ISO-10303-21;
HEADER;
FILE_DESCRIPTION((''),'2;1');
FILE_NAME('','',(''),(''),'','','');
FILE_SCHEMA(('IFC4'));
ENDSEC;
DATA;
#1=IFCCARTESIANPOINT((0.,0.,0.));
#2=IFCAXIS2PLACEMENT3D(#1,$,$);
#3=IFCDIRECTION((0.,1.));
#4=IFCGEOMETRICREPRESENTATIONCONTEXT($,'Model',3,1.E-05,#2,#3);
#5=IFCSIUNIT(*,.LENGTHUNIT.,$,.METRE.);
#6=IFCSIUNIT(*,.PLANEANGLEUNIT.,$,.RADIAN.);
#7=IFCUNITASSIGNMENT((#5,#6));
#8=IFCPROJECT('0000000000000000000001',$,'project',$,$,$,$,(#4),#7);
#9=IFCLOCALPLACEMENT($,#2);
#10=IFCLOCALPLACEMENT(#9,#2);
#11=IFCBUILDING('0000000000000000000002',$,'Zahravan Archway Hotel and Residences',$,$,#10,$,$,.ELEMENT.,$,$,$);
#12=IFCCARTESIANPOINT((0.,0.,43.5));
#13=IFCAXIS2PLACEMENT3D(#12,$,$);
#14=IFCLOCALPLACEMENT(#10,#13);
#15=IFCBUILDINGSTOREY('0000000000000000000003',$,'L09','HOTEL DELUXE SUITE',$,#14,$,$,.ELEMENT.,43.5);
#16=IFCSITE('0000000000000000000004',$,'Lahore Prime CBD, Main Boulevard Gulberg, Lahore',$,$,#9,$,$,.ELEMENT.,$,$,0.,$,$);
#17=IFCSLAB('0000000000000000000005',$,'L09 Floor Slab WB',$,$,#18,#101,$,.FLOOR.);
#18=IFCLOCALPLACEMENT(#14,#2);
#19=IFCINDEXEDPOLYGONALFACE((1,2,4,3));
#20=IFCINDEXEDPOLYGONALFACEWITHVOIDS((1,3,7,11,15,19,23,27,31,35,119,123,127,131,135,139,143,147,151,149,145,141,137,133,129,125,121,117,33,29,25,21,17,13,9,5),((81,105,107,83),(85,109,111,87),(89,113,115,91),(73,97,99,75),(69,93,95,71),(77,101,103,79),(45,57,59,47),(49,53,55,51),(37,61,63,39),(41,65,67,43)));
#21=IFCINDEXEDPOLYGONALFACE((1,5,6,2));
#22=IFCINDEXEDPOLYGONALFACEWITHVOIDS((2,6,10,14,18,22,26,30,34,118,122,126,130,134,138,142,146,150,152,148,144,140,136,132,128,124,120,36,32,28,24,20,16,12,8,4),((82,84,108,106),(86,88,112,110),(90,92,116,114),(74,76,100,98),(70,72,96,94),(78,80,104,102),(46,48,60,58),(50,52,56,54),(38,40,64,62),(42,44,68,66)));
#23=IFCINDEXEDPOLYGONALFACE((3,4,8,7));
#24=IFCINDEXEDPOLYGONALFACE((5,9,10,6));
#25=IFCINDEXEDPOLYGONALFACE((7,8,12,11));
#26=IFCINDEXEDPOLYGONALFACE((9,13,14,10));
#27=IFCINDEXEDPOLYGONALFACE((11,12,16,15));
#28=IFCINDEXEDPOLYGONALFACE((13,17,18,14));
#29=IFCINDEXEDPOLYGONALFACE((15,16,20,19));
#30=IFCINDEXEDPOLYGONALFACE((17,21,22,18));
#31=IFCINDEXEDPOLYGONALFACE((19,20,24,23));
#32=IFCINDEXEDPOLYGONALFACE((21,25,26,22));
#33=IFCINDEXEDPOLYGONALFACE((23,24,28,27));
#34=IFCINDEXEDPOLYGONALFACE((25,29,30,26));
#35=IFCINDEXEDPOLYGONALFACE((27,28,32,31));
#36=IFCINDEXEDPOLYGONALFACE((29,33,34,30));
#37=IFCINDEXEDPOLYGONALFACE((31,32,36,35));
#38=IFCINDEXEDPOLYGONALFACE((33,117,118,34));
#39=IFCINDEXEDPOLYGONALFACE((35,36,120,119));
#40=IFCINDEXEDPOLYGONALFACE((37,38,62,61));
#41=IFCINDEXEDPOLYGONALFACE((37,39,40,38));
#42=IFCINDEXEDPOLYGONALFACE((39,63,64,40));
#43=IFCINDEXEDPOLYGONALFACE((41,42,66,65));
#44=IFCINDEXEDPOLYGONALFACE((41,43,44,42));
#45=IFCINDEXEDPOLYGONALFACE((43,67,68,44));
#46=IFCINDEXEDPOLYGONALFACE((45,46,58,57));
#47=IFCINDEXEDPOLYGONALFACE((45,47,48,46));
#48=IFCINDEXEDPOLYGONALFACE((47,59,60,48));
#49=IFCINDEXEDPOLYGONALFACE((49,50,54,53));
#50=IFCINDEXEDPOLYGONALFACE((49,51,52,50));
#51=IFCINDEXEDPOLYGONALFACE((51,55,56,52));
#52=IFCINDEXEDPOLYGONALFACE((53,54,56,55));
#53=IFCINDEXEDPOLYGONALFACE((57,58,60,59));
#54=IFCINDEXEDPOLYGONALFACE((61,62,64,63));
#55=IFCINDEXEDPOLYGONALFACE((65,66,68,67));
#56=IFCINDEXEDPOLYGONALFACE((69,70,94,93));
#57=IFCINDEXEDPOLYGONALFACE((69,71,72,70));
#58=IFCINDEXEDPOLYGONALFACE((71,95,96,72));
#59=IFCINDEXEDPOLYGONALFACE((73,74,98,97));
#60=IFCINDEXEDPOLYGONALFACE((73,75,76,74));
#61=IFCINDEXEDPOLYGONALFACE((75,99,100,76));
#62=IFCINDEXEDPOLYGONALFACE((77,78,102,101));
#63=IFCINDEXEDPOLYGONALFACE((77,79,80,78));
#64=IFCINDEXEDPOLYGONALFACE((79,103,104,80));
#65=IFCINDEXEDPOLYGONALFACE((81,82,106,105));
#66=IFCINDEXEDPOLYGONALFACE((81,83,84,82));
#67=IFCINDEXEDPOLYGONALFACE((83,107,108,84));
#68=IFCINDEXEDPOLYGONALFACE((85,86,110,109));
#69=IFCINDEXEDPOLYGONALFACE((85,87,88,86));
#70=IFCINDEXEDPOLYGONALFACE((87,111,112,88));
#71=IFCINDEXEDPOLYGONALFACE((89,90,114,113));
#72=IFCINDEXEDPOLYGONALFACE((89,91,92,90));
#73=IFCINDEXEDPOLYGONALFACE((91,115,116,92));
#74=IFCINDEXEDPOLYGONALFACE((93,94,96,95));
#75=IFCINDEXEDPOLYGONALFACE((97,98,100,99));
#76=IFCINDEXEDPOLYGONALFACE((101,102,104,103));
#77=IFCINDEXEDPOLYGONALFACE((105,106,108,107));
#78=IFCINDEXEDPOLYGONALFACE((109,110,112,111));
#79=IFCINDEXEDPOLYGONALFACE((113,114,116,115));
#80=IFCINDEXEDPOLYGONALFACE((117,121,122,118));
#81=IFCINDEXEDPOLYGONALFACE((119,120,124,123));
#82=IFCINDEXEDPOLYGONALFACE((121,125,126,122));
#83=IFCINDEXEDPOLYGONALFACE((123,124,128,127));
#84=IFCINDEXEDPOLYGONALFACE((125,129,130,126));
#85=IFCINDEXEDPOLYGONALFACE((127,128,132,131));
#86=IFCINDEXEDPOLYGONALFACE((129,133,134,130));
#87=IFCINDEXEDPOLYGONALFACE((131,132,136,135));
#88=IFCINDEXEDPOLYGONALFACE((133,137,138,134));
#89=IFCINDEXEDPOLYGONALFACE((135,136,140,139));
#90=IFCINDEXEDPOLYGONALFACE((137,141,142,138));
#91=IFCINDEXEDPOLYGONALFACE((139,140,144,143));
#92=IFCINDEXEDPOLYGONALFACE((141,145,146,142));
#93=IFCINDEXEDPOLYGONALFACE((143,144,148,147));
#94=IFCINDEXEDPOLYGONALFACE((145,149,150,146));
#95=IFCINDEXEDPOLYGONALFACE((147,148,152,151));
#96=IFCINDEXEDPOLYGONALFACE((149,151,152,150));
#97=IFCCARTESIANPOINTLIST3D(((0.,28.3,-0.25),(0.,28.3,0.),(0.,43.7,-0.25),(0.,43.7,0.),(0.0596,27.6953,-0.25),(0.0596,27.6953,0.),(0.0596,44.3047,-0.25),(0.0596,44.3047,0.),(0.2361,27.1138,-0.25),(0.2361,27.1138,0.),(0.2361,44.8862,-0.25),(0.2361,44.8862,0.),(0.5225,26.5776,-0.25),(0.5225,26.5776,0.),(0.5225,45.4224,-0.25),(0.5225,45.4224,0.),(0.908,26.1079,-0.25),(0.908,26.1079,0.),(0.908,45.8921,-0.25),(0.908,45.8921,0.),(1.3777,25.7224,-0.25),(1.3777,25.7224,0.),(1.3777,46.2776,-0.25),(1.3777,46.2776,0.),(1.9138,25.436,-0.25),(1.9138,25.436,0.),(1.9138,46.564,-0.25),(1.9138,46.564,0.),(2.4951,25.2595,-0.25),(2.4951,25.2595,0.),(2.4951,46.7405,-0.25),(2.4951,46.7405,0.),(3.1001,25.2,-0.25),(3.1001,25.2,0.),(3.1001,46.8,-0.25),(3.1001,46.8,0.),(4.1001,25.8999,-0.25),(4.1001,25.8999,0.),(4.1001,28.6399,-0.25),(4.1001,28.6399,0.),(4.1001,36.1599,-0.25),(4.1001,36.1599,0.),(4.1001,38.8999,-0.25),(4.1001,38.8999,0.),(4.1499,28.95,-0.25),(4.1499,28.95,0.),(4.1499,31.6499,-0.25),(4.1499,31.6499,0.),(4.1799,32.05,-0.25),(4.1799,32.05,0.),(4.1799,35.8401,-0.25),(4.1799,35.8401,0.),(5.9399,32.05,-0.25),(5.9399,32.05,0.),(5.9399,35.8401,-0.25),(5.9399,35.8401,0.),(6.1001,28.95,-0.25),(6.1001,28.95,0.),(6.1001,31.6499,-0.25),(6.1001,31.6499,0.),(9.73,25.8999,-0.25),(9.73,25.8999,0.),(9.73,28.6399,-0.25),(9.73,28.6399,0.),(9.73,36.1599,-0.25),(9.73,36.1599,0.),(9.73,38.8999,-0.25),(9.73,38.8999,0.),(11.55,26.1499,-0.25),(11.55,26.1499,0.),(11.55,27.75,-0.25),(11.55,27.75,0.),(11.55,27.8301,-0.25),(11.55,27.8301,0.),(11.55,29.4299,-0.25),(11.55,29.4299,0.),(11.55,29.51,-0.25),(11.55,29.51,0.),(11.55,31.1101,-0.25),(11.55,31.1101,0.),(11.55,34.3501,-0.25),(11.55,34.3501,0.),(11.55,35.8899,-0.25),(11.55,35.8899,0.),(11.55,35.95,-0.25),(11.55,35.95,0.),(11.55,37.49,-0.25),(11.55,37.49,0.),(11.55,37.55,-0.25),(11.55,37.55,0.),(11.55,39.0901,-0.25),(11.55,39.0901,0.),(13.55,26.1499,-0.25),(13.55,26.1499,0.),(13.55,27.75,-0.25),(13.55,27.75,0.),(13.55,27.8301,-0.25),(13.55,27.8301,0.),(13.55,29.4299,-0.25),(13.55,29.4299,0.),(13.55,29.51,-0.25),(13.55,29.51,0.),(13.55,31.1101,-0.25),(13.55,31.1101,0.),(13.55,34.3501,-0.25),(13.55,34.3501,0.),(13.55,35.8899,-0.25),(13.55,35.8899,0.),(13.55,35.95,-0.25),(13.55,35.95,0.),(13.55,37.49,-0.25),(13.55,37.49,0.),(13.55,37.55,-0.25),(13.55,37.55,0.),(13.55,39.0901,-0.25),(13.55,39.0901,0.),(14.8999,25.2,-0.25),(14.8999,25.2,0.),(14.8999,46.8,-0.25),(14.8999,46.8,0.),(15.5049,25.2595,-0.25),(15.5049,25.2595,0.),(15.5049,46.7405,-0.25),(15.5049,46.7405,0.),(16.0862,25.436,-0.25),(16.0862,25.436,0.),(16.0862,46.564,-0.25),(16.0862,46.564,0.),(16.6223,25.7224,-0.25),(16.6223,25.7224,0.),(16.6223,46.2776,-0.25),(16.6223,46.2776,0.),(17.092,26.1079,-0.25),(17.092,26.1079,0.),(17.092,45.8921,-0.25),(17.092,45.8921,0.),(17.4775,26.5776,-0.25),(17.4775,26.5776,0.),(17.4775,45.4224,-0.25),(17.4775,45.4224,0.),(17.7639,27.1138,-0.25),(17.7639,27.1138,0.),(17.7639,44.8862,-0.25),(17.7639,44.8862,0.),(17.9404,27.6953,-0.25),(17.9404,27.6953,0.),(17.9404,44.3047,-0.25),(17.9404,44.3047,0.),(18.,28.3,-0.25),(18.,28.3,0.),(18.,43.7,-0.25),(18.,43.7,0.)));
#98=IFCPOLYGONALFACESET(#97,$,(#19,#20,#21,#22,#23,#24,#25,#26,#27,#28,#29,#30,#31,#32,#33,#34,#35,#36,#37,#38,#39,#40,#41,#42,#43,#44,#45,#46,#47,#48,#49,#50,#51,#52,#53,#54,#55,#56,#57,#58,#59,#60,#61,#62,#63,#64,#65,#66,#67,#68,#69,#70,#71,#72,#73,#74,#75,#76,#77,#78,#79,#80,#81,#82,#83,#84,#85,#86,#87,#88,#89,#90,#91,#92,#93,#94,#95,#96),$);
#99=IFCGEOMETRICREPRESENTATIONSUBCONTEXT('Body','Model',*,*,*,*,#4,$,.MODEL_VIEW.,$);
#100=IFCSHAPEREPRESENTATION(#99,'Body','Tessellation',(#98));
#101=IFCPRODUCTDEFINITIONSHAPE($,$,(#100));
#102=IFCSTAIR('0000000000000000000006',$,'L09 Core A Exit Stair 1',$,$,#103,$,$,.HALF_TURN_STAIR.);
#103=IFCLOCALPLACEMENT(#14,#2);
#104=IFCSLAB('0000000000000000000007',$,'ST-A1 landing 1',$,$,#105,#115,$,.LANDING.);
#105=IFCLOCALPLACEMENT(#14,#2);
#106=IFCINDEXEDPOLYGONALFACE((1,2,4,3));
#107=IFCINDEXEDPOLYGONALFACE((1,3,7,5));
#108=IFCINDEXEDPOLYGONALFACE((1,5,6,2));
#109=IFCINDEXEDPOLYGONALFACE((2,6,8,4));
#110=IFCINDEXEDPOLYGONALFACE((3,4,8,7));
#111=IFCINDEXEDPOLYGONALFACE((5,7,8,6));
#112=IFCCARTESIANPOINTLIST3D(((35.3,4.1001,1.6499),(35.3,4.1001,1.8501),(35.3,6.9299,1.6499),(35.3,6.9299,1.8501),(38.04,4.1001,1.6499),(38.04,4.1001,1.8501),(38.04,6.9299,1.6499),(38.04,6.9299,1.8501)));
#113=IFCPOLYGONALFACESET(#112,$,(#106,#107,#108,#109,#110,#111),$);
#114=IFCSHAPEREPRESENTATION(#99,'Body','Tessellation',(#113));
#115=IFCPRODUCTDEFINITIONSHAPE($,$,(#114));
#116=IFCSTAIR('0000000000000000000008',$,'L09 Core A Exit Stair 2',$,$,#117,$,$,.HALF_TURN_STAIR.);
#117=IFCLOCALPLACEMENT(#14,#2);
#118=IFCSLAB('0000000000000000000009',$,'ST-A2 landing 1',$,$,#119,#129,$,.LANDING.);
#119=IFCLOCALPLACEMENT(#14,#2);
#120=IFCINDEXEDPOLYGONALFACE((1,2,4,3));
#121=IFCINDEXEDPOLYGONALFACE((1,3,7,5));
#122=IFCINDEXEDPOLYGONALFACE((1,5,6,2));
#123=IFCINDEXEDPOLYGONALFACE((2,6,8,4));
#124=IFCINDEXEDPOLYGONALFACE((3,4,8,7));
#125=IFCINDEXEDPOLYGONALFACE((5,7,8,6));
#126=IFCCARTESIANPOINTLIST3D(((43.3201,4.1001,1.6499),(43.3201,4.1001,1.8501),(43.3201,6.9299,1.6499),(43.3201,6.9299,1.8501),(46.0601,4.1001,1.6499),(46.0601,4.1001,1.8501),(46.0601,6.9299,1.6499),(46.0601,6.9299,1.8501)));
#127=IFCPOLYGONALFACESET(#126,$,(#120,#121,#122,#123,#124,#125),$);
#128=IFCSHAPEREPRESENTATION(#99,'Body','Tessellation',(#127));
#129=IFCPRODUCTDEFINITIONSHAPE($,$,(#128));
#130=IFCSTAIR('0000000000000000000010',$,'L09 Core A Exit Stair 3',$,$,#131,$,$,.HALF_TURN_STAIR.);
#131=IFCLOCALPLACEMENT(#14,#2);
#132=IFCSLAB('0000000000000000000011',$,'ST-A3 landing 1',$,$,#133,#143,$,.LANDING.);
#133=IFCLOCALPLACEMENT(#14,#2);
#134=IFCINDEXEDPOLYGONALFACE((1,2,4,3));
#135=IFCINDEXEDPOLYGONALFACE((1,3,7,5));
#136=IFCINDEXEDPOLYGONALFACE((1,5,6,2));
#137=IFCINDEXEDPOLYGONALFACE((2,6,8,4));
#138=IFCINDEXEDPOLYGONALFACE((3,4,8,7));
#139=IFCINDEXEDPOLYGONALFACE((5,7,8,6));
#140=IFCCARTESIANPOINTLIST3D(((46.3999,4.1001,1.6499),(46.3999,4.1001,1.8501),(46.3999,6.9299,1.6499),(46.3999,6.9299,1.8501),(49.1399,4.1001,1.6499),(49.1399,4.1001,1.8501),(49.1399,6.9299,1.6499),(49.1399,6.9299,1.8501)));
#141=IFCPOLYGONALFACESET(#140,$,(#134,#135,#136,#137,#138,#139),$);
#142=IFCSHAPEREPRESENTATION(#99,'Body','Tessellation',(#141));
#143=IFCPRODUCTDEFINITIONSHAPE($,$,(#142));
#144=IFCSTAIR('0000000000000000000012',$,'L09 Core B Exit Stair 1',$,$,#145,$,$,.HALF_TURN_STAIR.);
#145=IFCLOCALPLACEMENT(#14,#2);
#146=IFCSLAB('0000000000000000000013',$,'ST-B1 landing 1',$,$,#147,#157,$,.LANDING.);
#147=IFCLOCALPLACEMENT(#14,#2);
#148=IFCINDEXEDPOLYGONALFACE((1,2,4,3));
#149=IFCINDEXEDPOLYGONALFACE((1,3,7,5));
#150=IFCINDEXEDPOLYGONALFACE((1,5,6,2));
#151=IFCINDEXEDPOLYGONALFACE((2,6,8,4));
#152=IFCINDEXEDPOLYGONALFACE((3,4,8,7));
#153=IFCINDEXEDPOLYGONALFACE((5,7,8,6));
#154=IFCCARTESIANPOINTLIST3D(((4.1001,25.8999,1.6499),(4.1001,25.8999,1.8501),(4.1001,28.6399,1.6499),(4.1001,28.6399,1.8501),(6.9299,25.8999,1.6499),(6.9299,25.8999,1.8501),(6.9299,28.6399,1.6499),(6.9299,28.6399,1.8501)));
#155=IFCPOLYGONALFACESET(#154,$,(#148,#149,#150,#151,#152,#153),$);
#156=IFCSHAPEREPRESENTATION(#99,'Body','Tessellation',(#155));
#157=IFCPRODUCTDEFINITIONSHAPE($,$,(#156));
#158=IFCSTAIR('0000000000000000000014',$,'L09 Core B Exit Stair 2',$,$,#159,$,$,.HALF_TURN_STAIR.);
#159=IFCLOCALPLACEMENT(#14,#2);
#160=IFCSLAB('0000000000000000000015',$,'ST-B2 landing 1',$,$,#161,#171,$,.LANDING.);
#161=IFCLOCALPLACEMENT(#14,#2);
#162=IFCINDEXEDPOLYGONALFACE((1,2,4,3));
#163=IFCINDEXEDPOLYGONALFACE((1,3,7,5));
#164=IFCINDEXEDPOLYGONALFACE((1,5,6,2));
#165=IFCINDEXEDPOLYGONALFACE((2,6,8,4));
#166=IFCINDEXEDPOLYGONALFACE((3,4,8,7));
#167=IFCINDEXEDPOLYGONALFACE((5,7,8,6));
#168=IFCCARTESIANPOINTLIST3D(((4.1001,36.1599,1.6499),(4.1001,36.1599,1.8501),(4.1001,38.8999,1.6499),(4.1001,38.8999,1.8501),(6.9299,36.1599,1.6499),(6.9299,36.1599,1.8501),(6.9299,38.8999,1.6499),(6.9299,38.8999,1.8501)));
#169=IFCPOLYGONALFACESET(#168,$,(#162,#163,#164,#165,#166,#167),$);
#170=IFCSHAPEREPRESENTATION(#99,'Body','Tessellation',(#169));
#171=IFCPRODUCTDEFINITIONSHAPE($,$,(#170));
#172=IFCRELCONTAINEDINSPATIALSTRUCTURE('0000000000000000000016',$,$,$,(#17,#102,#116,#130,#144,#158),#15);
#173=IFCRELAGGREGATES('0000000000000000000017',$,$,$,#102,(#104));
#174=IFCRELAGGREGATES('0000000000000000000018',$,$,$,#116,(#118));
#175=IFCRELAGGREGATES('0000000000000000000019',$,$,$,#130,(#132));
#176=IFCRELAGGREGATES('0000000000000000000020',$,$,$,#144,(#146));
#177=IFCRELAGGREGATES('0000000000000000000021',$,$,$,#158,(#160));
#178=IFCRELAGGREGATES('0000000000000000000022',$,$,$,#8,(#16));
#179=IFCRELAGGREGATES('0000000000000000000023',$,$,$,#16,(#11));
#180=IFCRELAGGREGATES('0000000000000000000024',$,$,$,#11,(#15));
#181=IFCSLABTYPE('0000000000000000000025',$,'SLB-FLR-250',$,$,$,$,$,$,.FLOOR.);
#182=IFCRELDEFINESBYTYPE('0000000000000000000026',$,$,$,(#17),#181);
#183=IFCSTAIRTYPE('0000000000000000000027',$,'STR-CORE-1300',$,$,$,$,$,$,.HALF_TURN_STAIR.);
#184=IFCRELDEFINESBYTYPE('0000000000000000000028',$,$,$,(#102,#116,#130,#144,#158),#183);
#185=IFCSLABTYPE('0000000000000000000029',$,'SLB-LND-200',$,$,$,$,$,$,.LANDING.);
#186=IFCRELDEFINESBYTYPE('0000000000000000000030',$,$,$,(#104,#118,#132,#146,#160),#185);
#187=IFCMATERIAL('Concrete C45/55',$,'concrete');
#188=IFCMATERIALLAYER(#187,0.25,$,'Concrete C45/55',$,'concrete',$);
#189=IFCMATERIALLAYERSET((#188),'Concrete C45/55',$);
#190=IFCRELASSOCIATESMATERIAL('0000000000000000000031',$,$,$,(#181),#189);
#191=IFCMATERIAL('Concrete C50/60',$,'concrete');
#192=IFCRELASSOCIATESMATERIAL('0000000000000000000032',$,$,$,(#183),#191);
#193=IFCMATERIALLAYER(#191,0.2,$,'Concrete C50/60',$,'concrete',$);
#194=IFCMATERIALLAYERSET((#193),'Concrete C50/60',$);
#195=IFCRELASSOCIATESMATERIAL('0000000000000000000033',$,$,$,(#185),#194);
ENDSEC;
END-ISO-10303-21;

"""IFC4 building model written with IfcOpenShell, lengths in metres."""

from ifc_helpers import new_model, si_unit, direction, frame, origin, place, context, subcontext, project, spatial, polyline, outline, extrude, material, layer, layer_set, type_object, element, aggregate, save


model = new_model("IFC4")

# Units and contexts
model_context = context("Model", 3, precision=1e-05, world=origin(), true_north=direction((0.0, 1.0)))
body_context = subcontext(model_context, "Body", "Model", "MODEL_VIEW")
ifc_project = project(units=[si_unit("LENGTHUNIT", "METRE"), si_unit("PLANEANGLEUNIT", "RADIAN")], contexts=[model_context])

# Site, building, storey
site_placement = place(None, origin())
site = spatial("IfcSite", under=ifc_project, at=site_placement, Name="Lahore Prime CBD, Main Boulevard Gulberg, Lahore", CompositionType="ELEMENT", RefElevation=0.0)
building_placement = place(site_placement, origin())
building = spatial("IfcBuilding", under=site, at=building_placement, Name="Zahravan Archway Hotel and Residences", CompositionType="ELEMENT")
storey_placement = place(building_placement, frame((0.0, 0.0, 43.5)))
storey = spatial("IfcBuildingStorey", under=building, at=storey_placement, Name="L09", Description="HOTEL DELUXE SUITE", CompositionType="ELEMENT", Elevation=43.5)

# Slab
ifc_material_1 = material(Name="Concrete C45/55", Category="concrete")
ifc_layer_1 = layer(ifc_material_1, 0.25, Name="Concrete C45/55", Category="concrete")
ifc_layer_set_1 = layer_set([ifc_layer_1], Name="Concrete C45/55")
slab_type_1 = type_object("IfcSlabType", Name="SLB-FLR-250", PredefinedType="FLOOR", material=ifc_layer_set_1)
slab_1_placement = place(storey_placement, frame((0.0, 0.0, -0.25)))
element("IfcSlab", 1, at=slab_1_placement, inside=storey, type_object=slab_type_1, Name="L09 Floor Slab WB", PredefinedType="FLOOR", context=body_context, shape_type="SweptSolid", body=[
    extrude(outline(polyline([(14.8999, 25.2), (15.5049, 25.2595), (16.0862, 25.436), (16.6223, 25.7224), (17.092, 26.1079), (17.4775, 26.5776), (17.7639, 27.1138), (17.9404, 27.6953), (18.0, 28.3), (18.0, 43.7), (17.9404, 44.3047), (17.7639, 44.8862), (17.4775, 45.4224), (17.092, 45.8921), (16.6223, 46.2776), (16.0862, 46.564), (15.5049, 46.7405), (14.8999, 46.8), (3.1001, 46.8), (2.4951, 46.7405), (1.9138, 46.564), (1.3777, 46.2776), (0.908, 45.8921), (0.5225, 45.4224), (0.2361, 44.8862), (0.0596, 44.3047), (0.0, 43.7), (0.0, 28.3), (0.0596, 27.6953), (0.2361, 27.1138), (0.5225, 26.5776), (0.908, 26.1079), (1.3777, 25.7224), (1.9138, 25.436), (2.4951, 25.2595), (3.1001, 25.2), (14.8999, 25.2)]), holes=[polyline([(9.73, 28.6399), (4.1001, 28.6399), (4.1001, 25.8999), (9.73, 25.8999), (9.73, 28.6399)]), polyline([(9.73, 38.8999), (4.1001, 38.8999), (4.1001, 36.1599), (9.73, 36.1599), (9.73, 38.8999)]), polyline([(4.1499, 28.95), (6.1001, 28.95), (6.1001, 31.6499), (4.1499, 31.6499), (4.1499, 28.95)]), polyline([(11.55, 26.1499), (13.55, 26.1499), (13.55, 27.75), (11.55, 27.75), (11.55, 26.1499)]), polyline([(11.55, 27.8301), (13.55, 27.8301), (13.55, 29.4299), (11.55, 29.4299), (11.55, 27.8301)]), polyline([(11.55, 29.51), (13.55, 29.51), (13.55, 31.1101), (11.55, 31.1101), (11.55, 29.51)]), polyline([(11.55, 34.3501), (13.55, 34.3501), (13.55, 35.8899), (11.55, 35.8899), (11.55, 34.3501)]), polyline([(11.55, 35.95), (13.55, 35.95), (13.55, 37.49), (11.55, 37.49), (11.55, 35.95)]), polyline([(11.55, 37.55), (13.55, 37.55), (13.55, 39.0901), (11.55, 39.0901), (11.55, 37.55)]), polyline([(4.1799, 32.05), (5.9399, 32.05), (5.9399, 35.8401), (4.1799, 35.8401), (4.1799, 32.05)])]), origin(), (0.0, 0.0, 1.0), 0.25),
])

# Stairs, slabs
ifc_material_2 = material(Name="Concrete C50/60", Category="concrete")
stair_type = type_object("IfcStairType", Name="STR-CORE-1300", PredefinedType="HALF_TURN_STAIR", material=ifc_material_2)
stair_1_placement = place(storey_placement, origin())
stair_1 = element("IfcStair", 2, at=stair_1_placement, inside=storey, type_object=stair_type, Name="L09 Core A Exit Stair 1", PredefinedType="HALF_TURN_STAIR")
ifc_layer_2 = layer(ifc_material_2, 0.2, Name="Concrete C50/60", Category="concrete")
ifc_layer_set_2 = layer_set([ifc_layer_2], Name="Concrete C50/60")
slab_type_2 = type_object("IfcSlabType", Name="SLB-LND-200", PredefinedType="LANDING", material=ifc_layer_set_2)
slab_2_placement = place(storey_placement, frame((0.0, 0.0, 1.6499)))
slab_2 = element("IfcSlab", 3, at=slab_2_placement, type_object=slab_type_2, Name="ST-A1 landing 1", PredefinedType="LANDING", context=body_context, shape_type="SweptSolid", body=[
    extrude(outline(polyline([(35.3, 6.9299), (35.3, 4.1001), (38.04, 4.1001), (38.04, 6.9299), (35.3, 6.9299)])), origin(), (0.0, 0.0, 1.0), 0.2002),
])
aggregate(stair_1, [slab_2])
stair_2_placement = place(storey_placement, origin())
stair_2 = element("IfcStair", 4, at=stair_2_placement, inside=storey, type_object=stair_type, Name="L09 Core A Exit Stair 2", PredefinedType="HALF_TURN_STAIR")
slab_3_placement = place(storey_placement, frame((0.0, 0.0, 1.6499)))
slab_3 = element("IfcSlab", 5, at=slab_3_placement, type_object=slab_type_2, Name="ST-A2 landing 1", PredefinedType="LANDING", context=body_context, shape_type="SweptSolid", body=[
    extrude(outline(polyline([(43.3201, 6.9299), (43.3201, 4.1001), (46.0601, 4.1001), (46.0601, 6.9299), (43.3201, 6.9299)])), origin(), (0.0, 0.0, 1.0), 0.2002),
])
aggregate(stair_2, [slab_3])
stair_3_placement = place(storey_placement, origin())
stair_3 = element("IfcStair", 6, at=stair_3_placement, inside=storey, type_object=stair_type, Name="L09 Core A Exit Stair 3", PredefinedType="HALF_TURN_STAIR")
slab_4_placement = place(storey_placement, frame((0.0, 0.0, 1.6499)))
slab_4 = element("IfcSlab", 7, at=slab_4_placement, type_object=slab_type_2, Name="ST-A3 landing 1", PredefinedType="LANDING", context=body_context, shape_type="SweptSolid", body=[
    extrude(outline(polyline([(46.3999, 6.9299), (46.3999, 4.1001), (49.1399, 4.1001), (49.1399, 6.9299), (46.3999, 6.9299)])), origin(), (0.0, 0.0, 1.0), 0.2002),
])
aggregate(stair_3, [slab_4])
stair_4_placement = place(storey_placement, origin())
stair_4 = element("IfcStair", 8, at=stair_4_placement, inside=storey, type_object=stair_type, Name="L09 Core B Exit Stair 1", PredefinedType="HALF_TURN_STAIR")
slab_5_placement = place(storey_placement, frame((0.0, 0.0, 1.6499)))
slab_5 = element("IfcSlab", 9, at=slab_5_placement, type_object=slab_type_2, Name="ST-B1 landing 1", PredefinedType="LANDING", context=body_context, shape_type="SweptSolid", body=[
    extrude(outline(polyline([(6.9299, 28.6399), (4.1001, 28.6399), (4.1001, 25.8999), (6.9299, 25.8999), (6.9299, 28.6399)])), origin(), (0.0, 0.0, 1.0), 0.2002),
])
aggregate(stair_4, [slab_5])
stair_5_placement = place(storey_placement, origin())
stair_5 = element("IfcStair", 10, at=stair_5_placement, inside=storey, type_object=stair_type, Name="L09 Core B Exit Stair 2", PredefinedType="HALF_TURN_STAIR")
slab_6_placement = place(storey_placement, frame((0.0, 0.0, 1.6499)))
slab_6 = element("IfcSlab", 11, at=slab_6_placement, type_object=slab_type_2, Name="ST-B2 landing 1", PredefinedType="LANDING", context=body_context, shape_type="SweptSolid", body=[
    extrude(outline(polyline([(6.9299, 38.8999), (4.1001, 38.8999), (4.1001, 36.1599), (6.9299, 36.1599), (6.9299, 38.8999)])), origin(), (0.0, 0.0, 1.0), 0.2002),
])
aggregate(stair_5, [slab_6])

save(model, "model.ifc")
